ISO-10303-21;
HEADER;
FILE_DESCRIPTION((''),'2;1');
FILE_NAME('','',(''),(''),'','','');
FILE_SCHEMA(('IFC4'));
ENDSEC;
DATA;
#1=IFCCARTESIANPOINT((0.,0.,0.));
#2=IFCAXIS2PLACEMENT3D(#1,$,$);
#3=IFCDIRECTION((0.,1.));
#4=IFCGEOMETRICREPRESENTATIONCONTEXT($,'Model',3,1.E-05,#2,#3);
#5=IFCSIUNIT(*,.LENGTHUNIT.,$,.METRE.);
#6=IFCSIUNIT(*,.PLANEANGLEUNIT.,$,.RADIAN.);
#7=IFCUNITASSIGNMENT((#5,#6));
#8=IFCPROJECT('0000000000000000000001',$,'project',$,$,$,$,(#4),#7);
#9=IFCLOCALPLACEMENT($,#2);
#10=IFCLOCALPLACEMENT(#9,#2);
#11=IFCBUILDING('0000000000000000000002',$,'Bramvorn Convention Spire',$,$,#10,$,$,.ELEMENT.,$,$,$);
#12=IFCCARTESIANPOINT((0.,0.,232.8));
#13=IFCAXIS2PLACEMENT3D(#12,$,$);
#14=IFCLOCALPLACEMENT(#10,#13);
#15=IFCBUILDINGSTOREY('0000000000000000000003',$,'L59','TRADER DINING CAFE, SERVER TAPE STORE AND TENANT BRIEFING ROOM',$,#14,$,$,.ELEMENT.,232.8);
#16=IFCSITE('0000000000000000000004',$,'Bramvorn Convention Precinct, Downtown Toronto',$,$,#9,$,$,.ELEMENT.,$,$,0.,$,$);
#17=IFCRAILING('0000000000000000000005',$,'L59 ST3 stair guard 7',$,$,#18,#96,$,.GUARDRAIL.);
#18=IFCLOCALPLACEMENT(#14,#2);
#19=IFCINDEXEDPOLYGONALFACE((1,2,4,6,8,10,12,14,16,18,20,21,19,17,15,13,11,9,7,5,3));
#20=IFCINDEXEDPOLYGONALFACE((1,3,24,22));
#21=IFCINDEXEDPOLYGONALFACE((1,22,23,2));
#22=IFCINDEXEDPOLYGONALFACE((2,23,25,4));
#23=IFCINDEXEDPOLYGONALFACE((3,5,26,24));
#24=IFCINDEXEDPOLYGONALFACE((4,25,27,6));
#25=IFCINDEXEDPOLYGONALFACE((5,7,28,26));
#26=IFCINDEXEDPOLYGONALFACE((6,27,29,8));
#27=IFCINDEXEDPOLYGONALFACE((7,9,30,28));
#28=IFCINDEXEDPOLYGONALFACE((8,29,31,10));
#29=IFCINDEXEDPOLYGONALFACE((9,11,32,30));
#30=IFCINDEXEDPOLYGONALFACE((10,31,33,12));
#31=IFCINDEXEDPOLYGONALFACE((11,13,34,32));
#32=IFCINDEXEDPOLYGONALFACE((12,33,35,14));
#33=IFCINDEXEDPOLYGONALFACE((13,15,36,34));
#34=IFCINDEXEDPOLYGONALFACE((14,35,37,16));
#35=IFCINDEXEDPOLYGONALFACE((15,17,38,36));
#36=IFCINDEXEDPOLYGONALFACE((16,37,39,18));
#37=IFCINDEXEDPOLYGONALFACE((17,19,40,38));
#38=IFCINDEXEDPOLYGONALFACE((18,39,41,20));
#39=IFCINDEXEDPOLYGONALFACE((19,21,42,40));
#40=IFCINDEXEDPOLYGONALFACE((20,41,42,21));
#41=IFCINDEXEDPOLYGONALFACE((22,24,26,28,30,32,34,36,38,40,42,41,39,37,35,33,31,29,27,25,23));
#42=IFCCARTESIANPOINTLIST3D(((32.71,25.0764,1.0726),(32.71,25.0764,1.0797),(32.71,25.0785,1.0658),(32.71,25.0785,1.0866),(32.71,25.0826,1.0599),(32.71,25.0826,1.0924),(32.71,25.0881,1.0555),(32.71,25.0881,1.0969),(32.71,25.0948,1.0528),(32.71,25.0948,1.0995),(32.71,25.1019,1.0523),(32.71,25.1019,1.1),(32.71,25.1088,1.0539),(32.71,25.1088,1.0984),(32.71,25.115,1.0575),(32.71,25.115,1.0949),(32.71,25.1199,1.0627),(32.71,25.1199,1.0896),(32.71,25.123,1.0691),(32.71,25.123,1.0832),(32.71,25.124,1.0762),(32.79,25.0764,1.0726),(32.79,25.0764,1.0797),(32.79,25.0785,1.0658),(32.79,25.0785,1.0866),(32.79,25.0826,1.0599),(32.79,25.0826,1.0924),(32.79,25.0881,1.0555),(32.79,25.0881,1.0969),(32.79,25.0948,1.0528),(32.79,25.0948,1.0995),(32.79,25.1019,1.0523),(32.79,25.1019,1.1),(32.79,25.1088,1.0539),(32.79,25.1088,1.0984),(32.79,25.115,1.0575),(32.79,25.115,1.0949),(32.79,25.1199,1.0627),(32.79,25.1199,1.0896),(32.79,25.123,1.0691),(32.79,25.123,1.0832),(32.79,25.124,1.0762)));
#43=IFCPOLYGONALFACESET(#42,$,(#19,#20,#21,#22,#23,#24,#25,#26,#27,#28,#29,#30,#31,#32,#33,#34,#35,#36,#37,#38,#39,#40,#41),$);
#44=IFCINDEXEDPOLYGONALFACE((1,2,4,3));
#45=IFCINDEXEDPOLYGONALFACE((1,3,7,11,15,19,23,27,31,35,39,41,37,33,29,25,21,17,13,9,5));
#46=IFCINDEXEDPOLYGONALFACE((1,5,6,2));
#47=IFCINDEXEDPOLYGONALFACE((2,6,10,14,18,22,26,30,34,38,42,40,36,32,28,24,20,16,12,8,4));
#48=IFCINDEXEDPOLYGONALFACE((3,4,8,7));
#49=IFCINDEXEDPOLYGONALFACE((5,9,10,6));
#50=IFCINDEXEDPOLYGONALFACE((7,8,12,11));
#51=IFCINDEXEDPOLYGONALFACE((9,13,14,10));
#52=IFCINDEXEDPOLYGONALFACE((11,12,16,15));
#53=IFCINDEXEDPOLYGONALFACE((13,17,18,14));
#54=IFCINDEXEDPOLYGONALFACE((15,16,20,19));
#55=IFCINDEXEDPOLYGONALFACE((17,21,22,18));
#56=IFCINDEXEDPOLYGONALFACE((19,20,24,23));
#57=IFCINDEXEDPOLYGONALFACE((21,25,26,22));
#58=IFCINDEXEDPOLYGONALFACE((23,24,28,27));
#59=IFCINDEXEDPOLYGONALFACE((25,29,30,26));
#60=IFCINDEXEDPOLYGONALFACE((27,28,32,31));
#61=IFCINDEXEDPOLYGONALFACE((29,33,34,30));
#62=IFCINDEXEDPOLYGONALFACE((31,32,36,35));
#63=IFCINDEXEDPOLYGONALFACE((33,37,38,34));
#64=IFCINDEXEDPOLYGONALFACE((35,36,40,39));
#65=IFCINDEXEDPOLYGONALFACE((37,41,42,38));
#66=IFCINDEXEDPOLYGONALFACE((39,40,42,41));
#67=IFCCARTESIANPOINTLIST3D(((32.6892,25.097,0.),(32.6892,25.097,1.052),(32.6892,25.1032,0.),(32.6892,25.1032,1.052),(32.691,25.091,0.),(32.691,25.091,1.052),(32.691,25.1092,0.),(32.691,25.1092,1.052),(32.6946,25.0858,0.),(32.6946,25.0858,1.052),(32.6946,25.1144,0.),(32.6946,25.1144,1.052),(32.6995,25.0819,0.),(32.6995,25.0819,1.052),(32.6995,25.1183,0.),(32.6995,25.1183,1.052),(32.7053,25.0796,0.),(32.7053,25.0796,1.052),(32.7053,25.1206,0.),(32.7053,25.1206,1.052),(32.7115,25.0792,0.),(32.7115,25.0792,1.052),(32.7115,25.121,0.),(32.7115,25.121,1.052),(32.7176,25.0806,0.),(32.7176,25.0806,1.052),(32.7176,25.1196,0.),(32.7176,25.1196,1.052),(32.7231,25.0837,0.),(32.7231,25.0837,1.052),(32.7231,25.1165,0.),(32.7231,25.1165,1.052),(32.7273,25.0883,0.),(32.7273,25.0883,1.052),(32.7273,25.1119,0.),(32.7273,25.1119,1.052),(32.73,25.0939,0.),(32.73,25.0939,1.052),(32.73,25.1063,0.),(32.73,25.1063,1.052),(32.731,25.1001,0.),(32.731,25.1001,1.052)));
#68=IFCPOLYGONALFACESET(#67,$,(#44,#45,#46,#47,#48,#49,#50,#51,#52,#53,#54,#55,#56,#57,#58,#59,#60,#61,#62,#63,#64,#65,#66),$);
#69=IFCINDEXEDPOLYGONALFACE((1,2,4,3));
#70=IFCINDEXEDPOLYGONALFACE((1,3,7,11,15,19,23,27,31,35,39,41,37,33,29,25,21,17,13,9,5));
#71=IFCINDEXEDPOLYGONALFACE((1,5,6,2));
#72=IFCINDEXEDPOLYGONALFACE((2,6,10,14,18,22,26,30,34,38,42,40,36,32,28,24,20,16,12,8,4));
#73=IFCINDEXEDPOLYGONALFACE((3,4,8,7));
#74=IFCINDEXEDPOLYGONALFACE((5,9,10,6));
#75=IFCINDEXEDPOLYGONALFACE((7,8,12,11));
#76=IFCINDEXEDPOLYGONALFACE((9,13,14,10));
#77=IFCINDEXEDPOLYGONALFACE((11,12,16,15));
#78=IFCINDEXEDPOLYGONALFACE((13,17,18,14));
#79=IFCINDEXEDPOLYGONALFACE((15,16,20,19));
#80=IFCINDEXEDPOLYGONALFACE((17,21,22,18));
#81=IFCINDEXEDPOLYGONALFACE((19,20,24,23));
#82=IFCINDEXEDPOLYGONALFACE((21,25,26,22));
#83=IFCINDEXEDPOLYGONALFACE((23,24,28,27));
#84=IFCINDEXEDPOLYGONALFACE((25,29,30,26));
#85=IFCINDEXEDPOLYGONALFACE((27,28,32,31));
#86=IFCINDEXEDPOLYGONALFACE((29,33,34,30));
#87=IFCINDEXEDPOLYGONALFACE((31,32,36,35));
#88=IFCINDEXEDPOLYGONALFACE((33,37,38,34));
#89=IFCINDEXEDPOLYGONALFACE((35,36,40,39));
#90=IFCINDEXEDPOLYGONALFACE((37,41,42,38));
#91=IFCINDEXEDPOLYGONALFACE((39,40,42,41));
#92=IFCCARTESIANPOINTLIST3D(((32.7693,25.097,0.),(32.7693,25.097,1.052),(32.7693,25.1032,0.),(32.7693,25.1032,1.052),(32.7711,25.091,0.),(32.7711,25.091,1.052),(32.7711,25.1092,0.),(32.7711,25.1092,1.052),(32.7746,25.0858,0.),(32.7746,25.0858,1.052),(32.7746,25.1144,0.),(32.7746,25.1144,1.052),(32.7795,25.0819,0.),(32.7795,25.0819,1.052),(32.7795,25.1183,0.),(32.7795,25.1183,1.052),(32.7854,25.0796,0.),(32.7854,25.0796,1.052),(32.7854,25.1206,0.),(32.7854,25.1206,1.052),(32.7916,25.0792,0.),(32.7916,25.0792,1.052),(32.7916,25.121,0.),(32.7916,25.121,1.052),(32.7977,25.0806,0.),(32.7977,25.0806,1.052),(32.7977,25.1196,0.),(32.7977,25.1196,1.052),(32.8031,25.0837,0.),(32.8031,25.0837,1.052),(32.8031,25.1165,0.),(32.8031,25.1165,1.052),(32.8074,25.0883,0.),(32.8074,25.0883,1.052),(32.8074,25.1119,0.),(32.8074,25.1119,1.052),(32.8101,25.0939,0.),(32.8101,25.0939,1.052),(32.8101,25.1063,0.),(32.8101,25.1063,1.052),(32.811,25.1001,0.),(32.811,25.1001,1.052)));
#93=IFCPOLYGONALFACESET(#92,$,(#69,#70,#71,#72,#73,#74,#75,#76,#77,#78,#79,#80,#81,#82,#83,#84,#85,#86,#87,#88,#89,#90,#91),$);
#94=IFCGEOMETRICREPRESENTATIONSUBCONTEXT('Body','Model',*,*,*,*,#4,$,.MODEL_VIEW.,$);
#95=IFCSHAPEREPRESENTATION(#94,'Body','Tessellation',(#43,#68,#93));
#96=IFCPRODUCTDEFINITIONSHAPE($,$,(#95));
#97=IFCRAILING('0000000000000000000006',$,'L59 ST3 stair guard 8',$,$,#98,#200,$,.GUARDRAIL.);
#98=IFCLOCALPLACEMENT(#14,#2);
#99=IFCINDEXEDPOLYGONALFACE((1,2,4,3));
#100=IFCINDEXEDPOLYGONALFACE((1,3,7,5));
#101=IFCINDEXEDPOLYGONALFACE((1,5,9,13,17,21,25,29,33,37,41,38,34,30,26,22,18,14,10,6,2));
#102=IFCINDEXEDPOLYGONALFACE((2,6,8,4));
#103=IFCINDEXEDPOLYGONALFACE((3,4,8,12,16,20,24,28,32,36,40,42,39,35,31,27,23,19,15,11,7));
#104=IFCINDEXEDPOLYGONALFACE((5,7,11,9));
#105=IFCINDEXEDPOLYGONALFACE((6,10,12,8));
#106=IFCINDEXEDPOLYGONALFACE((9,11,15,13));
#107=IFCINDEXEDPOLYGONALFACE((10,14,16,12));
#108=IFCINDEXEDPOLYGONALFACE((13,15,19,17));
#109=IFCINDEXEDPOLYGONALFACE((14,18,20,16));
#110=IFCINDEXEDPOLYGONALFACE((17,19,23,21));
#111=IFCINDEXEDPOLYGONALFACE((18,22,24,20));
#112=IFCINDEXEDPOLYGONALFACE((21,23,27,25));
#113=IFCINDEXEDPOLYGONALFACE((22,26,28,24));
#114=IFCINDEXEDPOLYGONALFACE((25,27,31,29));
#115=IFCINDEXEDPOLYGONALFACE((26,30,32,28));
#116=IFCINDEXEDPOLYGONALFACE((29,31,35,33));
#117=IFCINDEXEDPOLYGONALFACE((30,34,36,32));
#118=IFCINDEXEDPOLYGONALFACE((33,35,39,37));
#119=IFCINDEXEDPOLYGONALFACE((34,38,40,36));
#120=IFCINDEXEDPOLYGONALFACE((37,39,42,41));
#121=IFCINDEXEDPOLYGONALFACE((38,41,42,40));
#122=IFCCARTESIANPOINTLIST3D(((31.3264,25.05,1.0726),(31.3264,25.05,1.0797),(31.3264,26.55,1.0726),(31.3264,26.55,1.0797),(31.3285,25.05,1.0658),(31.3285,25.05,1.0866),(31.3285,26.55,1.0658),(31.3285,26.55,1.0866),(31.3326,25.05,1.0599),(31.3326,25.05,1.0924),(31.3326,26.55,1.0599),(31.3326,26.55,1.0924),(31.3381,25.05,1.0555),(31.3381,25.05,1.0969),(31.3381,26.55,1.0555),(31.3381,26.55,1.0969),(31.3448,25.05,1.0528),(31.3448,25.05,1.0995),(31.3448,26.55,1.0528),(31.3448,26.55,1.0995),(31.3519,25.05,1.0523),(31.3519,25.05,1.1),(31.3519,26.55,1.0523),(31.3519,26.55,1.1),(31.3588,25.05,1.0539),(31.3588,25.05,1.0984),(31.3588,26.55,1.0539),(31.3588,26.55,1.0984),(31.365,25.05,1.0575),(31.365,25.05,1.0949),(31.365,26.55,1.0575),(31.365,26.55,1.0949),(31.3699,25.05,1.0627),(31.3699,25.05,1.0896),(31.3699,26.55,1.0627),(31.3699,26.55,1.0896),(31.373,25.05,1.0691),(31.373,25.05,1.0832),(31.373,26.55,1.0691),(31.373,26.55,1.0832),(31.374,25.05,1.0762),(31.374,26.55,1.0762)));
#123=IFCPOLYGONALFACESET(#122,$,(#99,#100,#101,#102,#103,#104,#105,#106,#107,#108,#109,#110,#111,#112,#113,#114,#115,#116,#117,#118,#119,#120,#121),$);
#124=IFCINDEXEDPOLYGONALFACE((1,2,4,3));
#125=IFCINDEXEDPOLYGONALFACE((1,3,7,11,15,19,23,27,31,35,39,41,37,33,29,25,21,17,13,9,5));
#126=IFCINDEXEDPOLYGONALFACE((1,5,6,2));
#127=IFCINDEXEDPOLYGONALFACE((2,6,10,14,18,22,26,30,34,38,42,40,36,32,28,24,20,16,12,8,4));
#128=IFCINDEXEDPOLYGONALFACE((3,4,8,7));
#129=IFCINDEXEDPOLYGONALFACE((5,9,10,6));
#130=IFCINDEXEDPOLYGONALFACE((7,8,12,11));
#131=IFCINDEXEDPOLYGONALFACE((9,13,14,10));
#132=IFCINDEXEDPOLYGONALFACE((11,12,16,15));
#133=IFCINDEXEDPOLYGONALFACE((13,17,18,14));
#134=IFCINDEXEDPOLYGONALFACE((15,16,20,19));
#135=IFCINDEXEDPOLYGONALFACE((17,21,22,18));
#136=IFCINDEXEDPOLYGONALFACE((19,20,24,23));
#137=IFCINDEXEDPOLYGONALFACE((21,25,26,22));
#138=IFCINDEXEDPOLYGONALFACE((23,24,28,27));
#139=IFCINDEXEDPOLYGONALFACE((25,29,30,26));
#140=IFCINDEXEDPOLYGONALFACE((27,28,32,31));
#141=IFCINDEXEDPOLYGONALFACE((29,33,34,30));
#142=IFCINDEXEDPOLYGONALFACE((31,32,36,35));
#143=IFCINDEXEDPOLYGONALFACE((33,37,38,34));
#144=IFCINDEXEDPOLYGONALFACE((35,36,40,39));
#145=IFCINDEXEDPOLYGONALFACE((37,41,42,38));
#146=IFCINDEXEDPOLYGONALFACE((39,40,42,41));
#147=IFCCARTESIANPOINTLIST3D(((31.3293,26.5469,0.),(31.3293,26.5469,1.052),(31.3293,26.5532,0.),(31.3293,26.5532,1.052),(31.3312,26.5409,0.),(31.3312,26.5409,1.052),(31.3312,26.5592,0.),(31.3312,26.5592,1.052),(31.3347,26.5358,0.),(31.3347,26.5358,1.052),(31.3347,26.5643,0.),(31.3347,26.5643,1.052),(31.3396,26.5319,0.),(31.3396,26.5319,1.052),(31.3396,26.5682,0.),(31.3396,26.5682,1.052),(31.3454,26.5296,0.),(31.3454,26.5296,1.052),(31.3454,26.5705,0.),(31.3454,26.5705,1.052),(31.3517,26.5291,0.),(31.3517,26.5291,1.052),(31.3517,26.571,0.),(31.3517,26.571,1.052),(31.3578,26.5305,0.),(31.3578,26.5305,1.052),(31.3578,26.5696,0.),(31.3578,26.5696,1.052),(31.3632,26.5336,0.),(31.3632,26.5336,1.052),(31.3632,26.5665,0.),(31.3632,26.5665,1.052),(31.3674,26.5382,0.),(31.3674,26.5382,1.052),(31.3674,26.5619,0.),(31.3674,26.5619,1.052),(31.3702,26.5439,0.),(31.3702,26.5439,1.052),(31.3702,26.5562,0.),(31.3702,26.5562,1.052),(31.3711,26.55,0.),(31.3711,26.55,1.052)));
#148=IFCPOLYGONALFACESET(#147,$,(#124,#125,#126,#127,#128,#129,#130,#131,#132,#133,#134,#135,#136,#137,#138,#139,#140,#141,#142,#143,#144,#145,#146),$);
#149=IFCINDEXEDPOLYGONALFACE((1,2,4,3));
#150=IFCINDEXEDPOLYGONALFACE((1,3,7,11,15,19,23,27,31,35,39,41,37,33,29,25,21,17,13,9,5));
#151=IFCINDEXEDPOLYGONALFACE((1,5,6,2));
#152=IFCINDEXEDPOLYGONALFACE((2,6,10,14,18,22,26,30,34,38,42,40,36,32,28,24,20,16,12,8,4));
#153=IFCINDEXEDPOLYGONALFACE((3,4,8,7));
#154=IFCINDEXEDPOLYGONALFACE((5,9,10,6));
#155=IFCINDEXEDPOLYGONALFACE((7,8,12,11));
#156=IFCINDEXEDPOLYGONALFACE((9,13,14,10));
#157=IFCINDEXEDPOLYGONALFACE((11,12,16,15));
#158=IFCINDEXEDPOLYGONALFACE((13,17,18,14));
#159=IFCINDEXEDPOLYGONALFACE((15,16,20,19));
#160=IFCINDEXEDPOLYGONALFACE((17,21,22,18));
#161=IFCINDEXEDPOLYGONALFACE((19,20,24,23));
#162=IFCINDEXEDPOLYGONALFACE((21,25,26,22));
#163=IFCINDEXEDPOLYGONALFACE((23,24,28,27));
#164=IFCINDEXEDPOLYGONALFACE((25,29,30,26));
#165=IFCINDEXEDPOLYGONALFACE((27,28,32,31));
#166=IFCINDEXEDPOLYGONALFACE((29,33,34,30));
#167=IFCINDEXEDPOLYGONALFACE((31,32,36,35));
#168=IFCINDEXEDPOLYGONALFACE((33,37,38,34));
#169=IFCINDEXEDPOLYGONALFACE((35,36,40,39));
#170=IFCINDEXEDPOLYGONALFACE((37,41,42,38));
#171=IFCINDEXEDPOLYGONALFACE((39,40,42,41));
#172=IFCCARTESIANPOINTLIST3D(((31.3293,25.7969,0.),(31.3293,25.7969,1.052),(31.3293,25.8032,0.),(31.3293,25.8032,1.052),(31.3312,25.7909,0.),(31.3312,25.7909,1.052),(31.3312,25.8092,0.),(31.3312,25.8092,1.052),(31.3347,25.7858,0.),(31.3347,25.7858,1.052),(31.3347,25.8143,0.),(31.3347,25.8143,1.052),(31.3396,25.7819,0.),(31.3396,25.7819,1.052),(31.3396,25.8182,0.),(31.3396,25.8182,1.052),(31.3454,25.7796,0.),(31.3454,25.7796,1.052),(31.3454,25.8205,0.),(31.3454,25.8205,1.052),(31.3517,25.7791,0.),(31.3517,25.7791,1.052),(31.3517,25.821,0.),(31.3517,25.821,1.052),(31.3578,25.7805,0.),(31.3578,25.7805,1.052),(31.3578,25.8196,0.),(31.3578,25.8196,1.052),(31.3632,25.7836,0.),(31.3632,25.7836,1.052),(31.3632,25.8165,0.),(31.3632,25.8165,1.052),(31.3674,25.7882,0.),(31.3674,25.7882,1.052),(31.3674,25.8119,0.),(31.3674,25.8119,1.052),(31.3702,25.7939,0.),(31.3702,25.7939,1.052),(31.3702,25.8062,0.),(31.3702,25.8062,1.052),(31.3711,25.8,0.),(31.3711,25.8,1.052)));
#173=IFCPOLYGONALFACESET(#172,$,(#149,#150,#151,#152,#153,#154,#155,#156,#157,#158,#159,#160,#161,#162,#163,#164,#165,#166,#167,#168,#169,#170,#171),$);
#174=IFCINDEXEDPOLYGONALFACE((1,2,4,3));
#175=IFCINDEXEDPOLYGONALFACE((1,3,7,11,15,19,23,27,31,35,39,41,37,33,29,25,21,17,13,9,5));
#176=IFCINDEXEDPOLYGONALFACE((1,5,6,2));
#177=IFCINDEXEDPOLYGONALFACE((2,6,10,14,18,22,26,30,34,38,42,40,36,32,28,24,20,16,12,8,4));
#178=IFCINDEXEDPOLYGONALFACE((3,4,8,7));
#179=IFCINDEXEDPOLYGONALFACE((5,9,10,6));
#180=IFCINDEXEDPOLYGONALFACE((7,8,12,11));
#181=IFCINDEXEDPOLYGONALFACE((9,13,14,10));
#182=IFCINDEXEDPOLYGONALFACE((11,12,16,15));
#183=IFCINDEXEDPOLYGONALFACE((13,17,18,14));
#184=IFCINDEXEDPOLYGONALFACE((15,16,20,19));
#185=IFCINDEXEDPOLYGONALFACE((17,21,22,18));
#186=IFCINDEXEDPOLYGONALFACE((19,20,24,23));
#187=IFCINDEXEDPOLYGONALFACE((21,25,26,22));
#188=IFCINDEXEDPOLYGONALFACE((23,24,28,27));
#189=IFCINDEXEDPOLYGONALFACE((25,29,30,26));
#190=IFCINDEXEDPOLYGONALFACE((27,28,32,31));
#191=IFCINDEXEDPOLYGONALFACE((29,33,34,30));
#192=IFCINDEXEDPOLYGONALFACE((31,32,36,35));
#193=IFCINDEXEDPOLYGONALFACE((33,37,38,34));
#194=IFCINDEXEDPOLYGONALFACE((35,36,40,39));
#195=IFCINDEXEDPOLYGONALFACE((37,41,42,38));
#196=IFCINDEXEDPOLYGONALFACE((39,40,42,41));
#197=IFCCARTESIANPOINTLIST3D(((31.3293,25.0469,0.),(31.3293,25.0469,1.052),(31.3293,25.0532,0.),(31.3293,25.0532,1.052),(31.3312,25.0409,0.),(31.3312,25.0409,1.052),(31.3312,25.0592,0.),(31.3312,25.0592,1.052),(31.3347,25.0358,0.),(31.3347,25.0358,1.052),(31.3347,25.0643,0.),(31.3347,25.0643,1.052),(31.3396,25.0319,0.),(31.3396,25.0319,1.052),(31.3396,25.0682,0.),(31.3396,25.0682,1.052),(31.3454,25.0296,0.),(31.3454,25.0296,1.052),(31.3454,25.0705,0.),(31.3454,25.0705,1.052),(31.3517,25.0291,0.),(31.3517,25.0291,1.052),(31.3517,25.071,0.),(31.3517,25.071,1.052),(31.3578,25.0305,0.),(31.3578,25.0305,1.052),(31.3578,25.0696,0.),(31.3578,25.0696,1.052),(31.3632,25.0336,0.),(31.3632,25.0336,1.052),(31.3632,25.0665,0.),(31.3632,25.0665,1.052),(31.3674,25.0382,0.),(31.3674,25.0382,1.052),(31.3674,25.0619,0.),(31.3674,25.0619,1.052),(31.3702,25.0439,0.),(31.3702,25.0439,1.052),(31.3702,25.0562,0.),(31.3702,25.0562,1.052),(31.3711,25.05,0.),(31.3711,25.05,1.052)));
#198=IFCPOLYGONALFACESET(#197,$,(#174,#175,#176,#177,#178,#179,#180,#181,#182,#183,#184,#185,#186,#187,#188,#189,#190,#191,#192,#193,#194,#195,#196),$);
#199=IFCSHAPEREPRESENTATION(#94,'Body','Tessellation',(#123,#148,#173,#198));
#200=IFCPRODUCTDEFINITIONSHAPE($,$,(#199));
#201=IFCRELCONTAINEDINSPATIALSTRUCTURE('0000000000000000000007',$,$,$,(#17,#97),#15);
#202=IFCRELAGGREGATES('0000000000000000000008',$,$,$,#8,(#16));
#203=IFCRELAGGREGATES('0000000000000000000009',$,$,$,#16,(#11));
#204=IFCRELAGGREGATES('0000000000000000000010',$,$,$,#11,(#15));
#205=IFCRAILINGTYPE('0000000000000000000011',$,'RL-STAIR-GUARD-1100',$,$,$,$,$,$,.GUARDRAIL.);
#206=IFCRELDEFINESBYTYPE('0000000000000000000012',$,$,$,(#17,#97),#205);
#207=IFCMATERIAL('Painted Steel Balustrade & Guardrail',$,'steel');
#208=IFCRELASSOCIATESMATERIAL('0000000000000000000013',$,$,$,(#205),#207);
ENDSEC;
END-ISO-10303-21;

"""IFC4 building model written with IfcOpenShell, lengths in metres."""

from ifc_helpers import new_model, si_unit, direction, frame, origin, origin_2d, place, context, subcontext, project, spatial, circle, extrude, material, type_object, element, save


model = new_model("IFC4")

# Units and contexts
model_context = context("Model", 3, precision=1e-05, world=origin(), true_north=direction((0.0, 1.0)))
body_context = subcontext(model_context, "Body", "Model", "MODEL_VIEW")
ifc_project = project(units=[si_unit("LENGTHUNIT", "METRE"), si_unit("PLANEANGLEUNIT", "RADIAN")], contexts=[model_context])

# Site, building, storey
site_placement = place(None, origin())
site = spatial("IfcSite", under=ifc_project, at=site_placement, Name="Bramvorn Convention Precinct, Downtown Toronto", CompositionType="ELEMENT", RefElevation=0.0)
building_placement = place(site_placement, origin())
building = spatial("IfcBuilding", under=site, at=building_placement, Name="Bramvorn Convention Spire", CompositionType="ELEMENT")
storey_placement = place(building_placement, frame((0.0, 0.0, 232.8)))
storey = spatial("IfcBuildingStorey", under=building, at=storey_placement, Name="L59", Description="TRADER DINING CAFE, SERVER TAPE STORE AND TENANT BRIEFING ROOM", CompositionType="ELEMENT", Elevation=232.8)

# Railings
ifc_material_1 = material(Name="Painted Steel Balustrade & Guardrail", Category="steel")
railing_type_1 = type_object("IfcRailingType", Name="RL-STAIR-GUARD-1100", PredefinedType="GUARDRAIL", material=ifc_material_1)
railing_1_placement = place(storey_placement, frame((32.71, 25.1001, 0.0)))
element("IfcRailing", 1, at=railing_1_placement, inside=storey, type_object=railing_type_1, Name="L59 ST3 stair guard 7", PredefinedType="GUARDRAIL", context=body_context, shape_type="SweptSolid", body=[
    extrude(circle(Radius=0.0239, at=origin_2d()), frame((0.0, 0.0, 1.0762), z_axis=(1.0, 0.0, 0.0), x_axis=(0.0, 1.0, 0.0)), (0.0, 0.0, 1.0), 0.0801),
    extrude(circle(Radius=0.021, at=origin_2d()), origin(), (0.0, 0.0, 1.0), 1.052),
    extrude(circle(Radius=0.021, at=origin_2d()), frame((0.0801, 0.0, 0.0)), (0.0, 0.0, 1.0), 1.052),
])
for number, where, name in (
    (2, (31.3501, 26.55, 0.0), "L59 ST3 stair guard 8"),
):
    element("IfcRailing", number, at=place(storey_placement, frame(where)), inside=storey, type_object=railing_type_1, Name=name, PredefinedType="GUARDRAIL", context=body_context, shape_type="SweptSolid", body=[
        extrude(circle(Radius=0.0239, at=origin_2d()), frame((0.0, 0.0, 1.0762), z_axis=(0.0, -1.0, 0.0), x_axis=(1.0, 0.0, 0.0)), (0.0, 0.0, 1.0), 1.5),
        extrude(circle(Radius=0.021, at=origin_2d()), origin(), (0.0, 0.0, 1.0), 1.052),
        extrude(circle(Radius=0.021, at=origin_2d()), frame((0.0, -0.75, 0.0)), (0.0, 0.0, 1.0), 1.052),
        extrude(circle(Radius=0.021, at=origin_2d()), frame((0.0, -1.5, 0.0)), (0.0, 0.0, 1.0), 1.052),
    ])

save(model, "model.ifc")
